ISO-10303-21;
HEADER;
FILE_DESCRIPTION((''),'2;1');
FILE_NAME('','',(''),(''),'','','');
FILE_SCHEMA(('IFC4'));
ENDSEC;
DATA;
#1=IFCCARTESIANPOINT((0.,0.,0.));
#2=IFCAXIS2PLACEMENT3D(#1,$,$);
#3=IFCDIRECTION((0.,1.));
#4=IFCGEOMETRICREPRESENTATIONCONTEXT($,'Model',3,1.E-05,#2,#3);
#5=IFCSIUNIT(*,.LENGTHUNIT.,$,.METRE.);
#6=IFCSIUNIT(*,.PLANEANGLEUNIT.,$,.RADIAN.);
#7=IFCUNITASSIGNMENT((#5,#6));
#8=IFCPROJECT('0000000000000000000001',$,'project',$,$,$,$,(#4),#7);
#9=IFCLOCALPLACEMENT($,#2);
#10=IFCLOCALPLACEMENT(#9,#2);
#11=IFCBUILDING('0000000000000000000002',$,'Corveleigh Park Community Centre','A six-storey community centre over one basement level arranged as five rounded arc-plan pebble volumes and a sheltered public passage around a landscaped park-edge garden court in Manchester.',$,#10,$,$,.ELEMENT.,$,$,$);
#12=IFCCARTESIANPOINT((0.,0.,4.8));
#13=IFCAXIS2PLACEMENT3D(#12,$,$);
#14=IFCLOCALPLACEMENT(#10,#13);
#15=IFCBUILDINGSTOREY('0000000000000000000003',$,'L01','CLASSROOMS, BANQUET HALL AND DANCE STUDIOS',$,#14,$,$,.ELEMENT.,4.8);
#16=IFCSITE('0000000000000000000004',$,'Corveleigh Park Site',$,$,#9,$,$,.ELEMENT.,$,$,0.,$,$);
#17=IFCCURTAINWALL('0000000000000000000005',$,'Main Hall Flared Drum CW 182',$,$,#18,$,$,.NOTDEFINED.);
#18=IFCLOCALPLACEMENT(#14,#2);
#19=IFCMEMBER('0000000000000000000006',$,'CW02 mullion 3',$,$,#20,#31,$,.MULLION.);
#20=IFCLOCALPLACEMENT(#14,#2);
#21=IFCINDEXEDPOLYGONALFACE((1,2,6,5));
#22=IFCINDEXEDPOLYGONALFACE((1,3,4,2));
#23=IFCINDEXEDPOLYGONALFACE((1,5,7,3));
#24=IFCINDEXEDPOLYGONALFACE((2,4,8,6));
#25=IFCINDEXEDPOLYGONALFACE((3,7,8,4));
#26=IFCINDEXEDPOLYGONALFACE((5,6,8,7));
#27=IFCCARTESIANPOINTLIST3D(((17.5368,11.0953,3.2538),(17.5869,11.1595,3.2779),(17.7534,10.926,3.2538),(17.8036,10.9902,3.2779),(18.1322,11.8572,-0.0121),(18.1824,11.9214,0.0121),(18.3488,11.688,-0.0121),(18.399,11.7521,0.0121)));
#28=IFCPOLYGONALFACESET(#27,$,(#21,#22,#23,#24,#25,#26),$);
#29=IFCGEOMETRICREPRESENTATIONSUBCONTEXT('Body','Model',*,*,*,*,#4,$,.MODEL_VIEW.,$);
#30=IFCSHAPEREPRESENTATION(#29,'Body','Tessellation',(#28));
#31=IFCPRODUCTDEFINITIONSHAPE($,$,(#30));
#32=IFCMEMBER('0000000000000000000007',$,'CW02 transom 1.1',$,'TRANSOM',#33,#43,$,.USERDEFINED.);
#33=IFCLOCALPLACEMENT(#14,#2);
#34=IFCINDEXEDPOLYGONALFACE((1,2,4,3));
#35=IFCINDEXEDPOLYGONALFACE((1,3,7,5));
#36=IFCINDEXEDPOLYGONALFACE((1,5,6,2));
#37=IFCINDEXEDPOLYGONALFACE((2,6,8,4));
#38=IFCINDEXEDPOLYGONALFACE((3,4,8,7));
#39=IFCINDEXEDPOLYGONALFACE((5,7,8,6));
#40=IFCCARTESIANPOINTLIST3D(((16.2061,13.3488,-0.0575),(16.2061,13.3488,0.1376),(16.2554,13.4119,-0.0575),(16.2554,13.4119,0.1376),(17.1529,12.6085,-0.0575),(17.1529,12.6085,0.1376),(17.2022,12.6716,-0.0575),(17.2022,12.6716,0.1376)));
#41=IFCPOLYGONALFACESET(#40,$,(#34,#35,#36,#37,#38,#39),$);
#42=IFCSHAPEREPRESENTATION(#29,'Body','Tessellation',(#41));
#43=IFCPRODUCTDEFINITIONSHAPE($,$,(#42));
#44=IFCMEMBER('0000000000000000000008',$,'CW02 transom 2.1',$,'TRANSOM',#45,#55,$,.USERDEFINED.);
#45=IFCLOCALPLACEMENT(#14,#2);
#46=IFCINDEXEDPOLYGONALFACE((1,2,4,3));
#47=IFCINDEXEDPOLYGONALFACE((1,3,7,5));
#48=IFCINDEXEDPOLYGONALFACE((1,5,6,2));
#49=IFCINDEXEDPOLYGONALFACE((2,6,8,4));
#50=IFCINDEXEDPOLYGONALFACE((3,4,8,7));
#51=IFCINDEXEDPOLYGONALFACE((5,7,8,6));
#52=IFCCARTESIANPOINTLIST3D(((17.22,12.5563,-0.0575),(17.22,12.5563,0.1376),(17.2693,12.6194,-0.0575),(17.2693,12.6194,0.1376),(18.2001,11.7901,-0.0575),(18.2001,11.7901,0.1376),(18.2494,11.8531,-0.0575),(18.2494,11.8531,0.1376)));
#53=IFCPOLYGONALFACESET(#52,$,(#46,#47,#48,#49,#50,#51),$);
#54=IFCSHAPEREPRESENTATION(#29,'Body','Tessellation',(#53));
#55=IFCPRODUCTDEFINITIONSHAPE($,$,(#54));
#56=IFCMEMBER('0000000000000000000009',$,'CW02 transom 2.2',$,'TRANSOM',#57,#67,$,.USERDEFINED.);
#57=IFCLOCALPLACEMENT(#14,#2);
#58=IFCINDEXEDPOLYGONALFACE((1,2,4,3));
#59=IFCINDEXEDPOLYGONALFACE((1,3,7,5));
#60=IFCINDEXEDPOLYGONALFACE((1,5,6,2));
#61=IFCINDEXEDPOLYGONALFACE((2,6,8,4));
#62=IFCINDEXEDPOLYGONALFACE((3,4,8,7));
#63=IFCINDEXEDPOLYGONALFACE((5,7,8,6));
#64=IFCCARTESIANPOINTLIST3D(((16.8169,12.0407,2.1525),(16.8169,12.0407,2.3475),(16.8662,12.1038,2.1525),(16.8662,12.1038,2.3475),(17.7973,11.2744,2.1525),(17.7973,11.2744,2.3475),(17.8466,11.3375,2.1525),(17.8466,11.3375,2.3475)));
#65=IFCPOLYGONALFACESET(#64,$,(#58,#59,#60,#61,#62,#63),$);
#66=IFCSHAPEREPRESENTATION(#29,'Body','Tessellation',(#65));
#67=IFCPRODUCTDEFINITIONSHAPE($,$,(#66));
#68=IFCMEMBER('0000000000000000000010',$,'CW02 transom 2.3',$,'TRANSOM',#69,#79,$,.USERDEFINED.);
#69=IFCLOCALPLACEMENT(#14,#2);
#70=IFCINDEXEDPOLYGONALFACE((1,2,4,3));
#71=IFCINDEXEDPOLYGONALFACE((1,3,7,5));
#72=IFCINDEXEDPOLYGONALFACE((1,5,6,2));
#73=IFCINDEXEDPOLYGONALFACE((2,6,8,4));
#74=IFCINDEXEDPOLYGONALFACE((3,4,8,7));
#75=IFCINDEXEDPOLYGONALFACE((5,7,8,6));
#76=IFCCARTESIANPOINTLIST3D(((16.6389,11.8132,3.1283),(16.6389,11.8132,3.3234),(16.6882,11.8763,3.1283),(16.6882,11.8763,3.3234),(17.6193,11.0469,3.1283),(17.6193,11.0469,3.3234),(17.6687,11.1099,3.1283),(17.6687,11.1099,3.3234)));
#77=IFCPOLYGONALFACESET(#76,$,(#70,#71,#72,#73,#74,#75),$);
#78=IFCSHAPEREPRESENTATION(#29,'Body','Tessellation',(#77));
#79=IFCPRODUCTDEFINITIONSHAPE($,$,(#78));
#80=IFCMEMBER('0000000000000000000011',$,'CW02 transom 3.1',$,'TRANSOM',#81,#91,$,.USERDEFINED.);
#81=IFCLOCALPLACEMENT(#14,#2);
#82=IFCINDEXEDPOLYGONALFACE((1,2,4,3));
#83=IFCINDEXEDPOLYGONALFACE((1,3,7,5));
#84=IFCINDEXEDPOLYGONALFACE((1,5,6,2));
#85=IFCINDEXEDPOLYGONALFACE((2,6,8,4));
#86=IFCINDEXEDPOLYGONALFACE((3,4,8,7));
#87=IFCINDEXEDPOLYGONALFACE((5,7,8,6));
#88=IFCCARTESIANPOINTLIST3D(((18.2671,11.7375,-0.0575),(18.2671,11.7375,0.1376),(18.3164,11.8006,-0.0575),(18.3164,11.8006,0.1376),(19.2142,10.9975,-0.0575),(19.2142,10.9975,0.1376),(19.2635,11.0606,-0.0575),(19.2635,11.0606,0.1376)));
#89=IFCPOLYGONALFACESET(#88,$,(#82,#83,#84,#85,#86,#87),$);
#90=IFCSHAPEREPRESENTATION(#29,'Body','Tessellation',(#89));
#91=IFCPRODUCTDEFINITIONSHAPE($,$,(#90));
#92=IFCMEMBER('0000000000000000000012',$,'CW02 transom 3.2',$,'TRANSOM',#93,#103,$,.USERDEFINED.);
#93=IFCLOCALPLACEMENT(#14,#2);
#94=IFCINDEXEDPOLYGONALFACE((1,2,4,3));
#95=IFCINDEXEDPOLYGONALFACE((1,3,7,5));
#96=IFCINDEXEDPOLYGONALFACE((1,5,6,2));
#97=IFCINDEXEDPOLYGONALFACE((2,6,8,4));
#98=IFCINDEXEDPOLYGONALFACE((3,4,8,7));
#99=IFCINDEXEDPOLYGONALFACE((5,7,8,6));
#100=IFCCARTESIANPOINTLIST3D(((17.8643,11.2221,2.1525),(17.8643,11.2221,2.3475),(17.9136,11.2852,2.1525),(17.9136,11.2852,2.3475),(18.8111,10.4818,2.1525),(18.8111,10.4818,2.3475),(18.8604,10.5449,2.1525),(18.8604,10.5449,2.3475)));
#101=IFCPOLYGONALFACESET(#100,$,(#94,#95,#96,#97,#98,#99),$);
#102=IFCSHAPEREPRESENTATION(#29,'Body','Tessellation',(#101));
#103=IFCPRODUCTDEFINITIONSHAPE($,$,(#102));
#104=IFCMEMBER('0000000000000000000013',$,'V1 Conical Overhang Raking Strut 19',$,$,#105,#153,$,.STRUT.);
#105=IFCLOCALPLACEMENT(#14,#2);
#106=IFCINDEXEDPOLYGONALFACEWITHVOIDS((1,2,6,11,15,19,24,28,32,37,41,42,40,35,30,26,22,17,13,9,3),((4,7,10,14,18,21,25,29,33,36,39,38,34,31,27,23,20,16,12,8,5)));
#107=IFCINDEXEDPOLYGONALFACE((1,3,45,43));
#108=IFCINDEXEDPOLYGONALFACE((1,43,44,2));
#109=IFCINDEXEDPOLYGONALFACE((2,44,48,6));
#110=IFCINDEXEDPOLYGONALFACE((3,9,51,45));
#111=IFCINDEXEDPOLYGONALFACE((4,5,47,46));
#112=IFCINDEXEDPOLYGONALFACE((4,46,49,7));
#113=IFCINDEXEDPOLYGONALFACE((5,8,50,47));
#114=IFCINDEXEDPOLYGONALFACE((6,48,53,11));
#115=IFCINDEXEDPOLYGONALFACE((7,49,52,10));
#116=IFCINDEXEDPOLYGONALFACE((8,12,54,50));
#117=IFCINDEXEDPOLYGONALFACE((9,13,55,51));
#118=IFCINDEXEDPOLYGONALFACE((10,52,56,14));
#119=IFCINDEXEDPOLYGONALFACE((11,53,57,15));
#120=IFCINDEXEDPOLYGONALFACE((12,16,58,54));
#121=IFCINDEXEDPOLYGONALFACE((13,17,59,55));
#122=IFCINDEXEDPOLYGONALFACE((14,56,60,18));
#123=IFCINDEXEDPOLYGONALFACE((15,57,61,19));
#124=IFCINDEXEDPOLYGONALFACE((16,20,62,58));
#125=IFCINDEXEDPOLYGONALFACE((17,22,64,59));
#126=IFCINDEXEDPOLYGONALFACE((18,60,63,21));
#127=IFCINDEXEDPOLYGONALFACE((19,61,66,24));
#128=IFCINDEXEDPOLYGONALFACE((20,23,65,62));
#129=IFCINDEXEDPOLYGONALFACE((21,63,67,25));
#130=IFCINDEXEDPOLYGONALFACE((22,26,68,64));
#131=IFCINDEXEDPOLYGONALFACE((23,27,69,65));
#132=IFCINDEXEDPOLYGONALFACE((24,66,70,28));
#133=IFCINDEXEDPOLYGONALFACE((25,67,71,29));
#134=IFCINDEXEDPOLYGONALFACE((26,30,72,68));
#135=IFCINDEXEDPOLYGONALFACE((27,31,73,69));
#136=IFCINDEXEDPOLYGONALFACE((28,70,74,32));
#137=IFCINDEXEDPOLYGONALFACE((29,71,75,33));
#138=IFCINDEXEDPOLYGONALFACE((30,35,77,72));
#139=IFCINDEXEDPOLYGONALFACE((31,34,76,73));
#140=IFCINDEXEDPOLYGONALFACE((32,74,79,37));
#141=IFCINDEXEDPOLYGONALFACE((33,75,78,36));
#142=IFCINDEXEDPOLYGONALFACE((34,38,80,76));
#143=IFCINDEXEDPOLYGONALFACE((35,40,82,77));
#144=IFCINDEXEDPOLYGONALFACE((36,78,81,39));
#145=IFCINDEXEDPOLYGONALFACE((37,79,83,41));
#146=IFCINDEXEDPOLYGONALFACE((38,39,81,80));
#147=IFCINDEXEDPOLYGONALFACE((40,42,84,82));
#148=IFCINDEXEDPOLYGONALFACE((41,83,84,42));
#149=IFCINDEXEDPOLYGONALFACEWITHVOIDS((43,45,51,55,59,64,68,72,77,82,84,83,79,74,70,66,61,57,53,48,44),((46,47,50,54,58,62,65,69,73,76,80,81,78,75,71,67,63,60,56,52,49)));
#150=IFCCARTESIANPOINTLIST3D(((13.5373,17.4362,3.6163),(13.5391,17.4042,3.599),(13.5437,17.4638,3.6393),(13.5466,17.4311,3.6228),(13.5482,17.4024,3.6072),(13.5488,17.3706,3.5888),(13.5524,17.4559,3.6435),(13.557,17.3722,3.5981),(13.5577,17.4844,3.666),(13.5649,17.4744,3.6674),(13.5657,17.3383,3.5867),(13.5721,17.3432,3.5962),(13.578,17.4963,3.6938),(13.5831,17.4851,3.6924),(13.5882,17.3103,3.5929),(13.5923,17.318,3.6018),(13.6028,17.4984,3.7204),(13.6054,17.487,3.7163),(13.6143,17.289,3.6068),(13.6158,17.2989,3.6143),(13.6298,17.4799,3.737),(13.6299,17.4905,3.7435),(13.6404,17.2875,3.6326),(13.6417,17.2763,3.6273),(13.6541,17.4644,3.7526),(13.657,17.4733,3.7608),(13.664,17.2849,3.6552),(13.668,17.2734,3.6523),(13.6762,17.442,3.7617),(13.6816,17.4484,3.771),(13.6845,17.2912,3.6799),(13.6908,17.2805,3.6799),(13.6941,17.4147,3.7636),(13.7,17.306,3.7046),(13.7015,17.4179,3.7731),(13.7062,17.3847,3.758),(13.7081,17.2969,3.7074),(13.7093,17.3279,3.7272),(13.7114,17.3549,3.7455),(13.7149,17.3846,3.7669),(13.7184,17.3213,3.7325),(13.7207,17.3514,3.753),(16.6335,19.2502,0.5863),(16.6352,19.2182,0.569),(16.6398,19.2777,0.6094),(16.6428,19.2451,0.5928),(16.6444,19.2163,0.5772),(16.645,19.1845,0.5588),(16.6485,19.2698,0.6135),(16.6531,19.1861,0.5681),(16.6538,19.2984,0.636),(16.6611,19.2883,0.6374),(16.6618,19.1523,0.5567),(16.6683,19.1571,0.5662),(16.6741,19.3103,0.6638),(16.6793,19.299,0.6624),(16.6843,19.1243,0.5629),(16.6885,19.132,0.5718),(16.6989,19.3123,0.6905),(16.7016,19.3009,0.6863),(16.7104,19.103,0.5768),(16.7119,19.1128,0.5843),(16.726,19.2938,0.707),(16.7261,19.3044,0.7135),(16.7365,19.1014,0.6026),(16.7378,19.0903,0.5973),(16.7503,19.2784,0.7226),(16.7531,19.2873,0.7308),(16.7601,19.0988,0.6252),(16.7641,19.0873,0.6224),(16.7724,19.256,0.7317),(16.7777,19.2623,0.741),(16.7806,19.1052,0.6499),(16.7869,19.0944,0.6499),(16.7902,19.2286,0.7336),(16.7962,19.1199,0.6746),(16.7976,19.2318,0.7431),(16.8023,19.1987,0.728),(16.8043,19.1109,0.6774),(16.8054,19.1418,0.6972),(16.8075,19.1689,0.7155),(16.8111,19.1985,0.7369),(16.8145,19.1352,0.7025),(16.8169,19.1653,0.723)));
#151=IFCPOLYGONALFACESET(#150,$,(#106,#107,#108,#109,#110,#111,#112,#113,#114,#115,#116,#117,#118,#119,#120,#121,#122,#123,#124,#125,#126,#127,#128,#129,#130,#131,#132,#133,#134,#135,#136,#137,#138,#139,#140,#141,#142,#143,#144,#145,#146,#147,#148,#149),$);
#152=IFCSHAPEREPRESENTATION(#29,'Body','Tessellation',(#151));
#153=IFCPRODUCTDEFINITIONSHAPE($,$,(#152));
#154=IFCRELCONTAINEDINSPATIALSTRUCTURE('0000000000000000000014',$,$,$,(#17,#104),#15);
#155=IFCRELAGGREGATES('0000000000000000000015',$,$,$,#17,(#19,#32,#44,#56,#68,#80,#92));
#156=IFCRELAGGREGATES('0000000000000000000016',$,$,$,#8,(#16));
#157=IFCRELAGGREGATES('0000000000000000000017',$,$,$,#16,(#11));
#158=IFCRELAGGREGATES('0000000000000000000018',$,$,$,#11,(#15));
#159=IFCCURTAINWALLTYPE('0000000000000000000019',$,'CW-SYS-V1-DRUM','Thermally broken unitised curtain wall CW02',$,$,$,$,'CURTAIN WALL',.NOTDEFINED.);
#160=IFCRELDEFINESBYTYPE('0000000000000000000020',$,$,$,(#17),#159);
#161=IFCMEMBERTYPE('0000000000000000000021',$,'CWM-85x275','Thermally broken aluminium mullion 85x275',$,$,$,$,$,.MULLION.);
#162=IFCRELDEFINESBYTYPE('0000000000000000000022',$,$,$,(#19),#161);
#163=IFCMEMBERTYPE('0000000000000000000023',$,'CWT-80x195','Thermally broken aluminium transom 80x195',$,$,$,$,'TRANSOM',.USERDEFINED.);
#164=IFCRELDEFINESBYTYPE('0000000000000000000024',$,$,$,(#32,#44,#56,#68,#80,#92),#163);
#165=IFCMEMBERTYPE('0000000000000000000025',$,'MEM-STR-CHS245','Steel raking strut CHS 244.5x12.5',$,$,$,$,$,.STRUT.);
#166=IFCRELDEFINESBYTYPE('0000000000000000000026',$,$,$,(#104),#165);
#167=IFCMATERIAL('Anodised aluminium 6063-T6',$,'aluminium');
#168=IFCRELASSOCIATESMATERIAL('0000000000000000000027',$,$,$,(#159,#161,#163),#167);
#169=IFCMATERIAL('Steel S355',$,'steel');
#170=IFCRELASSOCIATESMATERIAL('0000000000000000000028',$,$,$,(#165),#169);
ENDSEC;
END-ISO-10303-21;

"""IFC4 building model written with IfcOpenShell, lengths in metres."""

from ifc_helpers import new_model, si_unit, direction, frame, origin, origin_2d, place, context, subcontext, project, spatial, rectangle, hollow_circle, extrude, material, material_profile, profile_set, type_object, element, aggregate, save


model = new_model("IFC4")

# Units and contexts
model_context = context("Model", 3, precision=1e-05, world=origin(), true_north=direction((0.0, 1.0)))
body_context = subcontext(model_context, "Body", "Model", "MODEL_VIEW")
ifc_project = project(units=[si_unit("LENGTHUNIT", "METRE"), si_unit("PLANEANGLEUNIT", "RADIAN")], contexts=[model_context])

# Site, building, storey
site_placement = place(None, origin())
site = spatial("IfcSite", under=ifc_project, at=site_placement, Name="Corveleigh Park Site", CompositionType="ELEMENT", RefElevation=0.0)
building_placement = place(site_placement, origin())
building = spatial("IfcBuilding", under=site, at=building_placement, Name="Corveleigh Park Community Centre", Description="A six-storey community centre over one basement level arranged as five rounded arc-plan pebble volumes and a sheltered public passage around a landscaped park-edge garden court in Manchester.", CompositionType="ELEMENT")
storey_placement = place(building_placement, frame((0.0, 0.0, 4.8)))
storey = spatial("IfcBuildingStorey", under=building, at=storey_placement, Name="L01", Description="CLASSROOMS, BANQUET HALL AND DANCE STUDIOS", CompositionType="ELEMENT", Elevation=4.8)

# Shared definitions
ifc_material_1 = material(Name="Steel S355", Category="steel")

# Curtain wall, members
ifc_material_2 = material(Name="Anodised aluminium 6063-T6", Category="aluminium")
curtain_wall_type = type_object("IfcCurtainWallType", Name="CW-SYS-V1-DRUM", Description="Thermally broken unitised curtain wall CW02", ElementType="CURTAIN WALL", PredefinedType="NOTDEFINED", material=ifc_material_2)
curtain_wall_placement = place(storey_placement, origin())
curtain_wall = element("IfcCurtainWall", 1, at=curtain_wall_placement, inside=storey, type_object=curtain_wall_type, Name="Main Hall Flared Drum CW 182", PredefinedType="NOTDEFINED")
ifc_material_profile_1 = material_profile(ifc_material_2, rectangle(XDim=0.085, YDim=0.2749, at=origin_2d()), Name="ALU-M85x275", Category="aluminium")
ifc_profile_set_1 = profile_set([ifc_material_profile_1], Name="Anodised aluminium 6063-T6")
member_type_1 = type_object("IfcMemberType", Name="CWM-85x275", Description="Thermally broken aluminium mullion 85x275", PredefinedType="MULLION", material=ifc_profile_set_1)
member_1_placement = place(storey_placement, frame((18.2656, 11.8047, 0.0), z_axis=(-0.174825, -0.22371, 0.958848), x_axis=(0.590417, 0.755511, 0.283919)))
member_1 = element("IfcMember", 2, at=member_1_placement, type_object=member_type_1, Name="CW02 mullion 3", PredefinedType="MULLION", context=body_context, shape_type="SweptSolid", body=[
    extrude(rectangle(XDim=0.085, YDim=0.2749, at=origin_2d()), origin(), (0.0, 0.0, 1.0), 3.406),
])
ifc_material_profile_2 = material_profile(ifc_material_2, rectangle(XDim=0.0801, YDim=0.1951, at=origin_2d()), Name="ALU-T80x195", Category="aluminium")
ifc_profile_set_2 = profile_set([ifc_material_profile_2], Name="Anodised aluminium 6063-T6")
member_type_2 = type_object("IfcMemberType", Name="CWT-80x195", Description="Thermally broken aluminium transom 80x195", ElementType="TRANSOM", PredefinedType="USERDEFINED", material=ifc_profile_set_2)
member_2_placement = place(storey_placement, frame((16.2307, 13.3804, 0.04), z_axis=(0.787796, -0.615936, 0.0), x_axis=(0.615936, 0.787796, 0.0)))
member_2 = element("IfcMember", 3, at=member_2_placement, type_object=member_type_2, Name="CW02 transom 1.1", ObjectType="TRANSOM", PredefinedType="USERDEFINED", context=body_context, shape_type="SweptSolid", body=[
    extrude(rectangle(XDim=0.0801, YDim=0.1951, at=origin_2d()), origin(), (0.0, 0.0, 1.0), 1.2019),
])
member_3_placement = place(storey_placement, frame((17.2446, 12.5879, 0.04), z_axis=(0.787807, -0.615922, 0.0), x_axis=(0.615922, 0.787807, 0.0)))
member_3 = element("IfcMember", 4, at=member_3_placement, type_object=member_type_2, Name="CW02 transom 2.1", ObjectType="TRANSOM", PredefinedType="USERDEFINED", context=body_context, shape_type="SweptSolid", body=[
    extrude(rectangle(XDim=0.0801, YDim=0.1951, at=origin_2d()), origin(), (0.0, 0.0, 1.0), 1.2441),
])
member_4_placement = place(storey_placement, frame((16.8416, 12.0723, 2.25), z_axis=(0.787882, -0.615827, 0.0), x_axis=(0.615827, 0.787882, 0.0)))
member_4 = element("IfcMember", 5, at=member_4_placement, type_object=member_type_2, Name="CW02 transom 2.2", ObjectType="TRANSOM", PredefinedType="USERDEFINED", context=body_context, shape_type="SweptSolid", body=[
    extrude(rectangle(XDim=0.0801, YDim=0.1951, at=origin_2d()), origin(), (0.0, 0.0, 1.0), 1.2444),
])
member_5_placement = place(storey_placement, frame((16.6636, 11.8447, 3.2258), z_axis=(0.787882, -0.615827, 0.0), x_axis=(0.615827, 0.787882, 0.0)))
member_5 = element("IfcMember", 6, at=member_5_placement, type_object=member_type_2, Name="CW02 transom 2.3", ObjectType="TRANSOM", PredefinedType="USERDEFINED", context=body_context, shape_type="SweptSolid", body=[
    extrude(rectangle(XDim=0.0801, YDim=0.1951, at=origin_2d()), origin(), (0.0, 0.0, 1.0), 1.2444),
])
member_6_placement = place(storey_placement, frame((18.2917, 11.769, 0.04), z_axis=(0.787972, -0.615711, 0.0), x_axis=(0.615711, 0.787972, 0.0)))
member_6 = element("IfcMember", 7, at=member_6_placement, type_object=member_type_2, Name="CW02 transom 3.1", ObjectType="TRANSOM", PredefinedType="USERDEFINED", context=body_context, shape_type="SweptSolid", body=[
    extrude(rectangle(XDim=0.0801, YDim=0.1951, at=origin_2d()), origin(), (0.0, 0.0, 1.0), 1.2019),
])
member_7_placement = place(storey_placement, frame((17.8889, 11.2537, 2.25), z_axis=(0.787796, -0.615936, 0.0), x_axis=(0.615936, 0.787796, 0.0)))
member_7 = element("IfcMember", 8, at=member_7_placement, type_object=member_type_2, Name="CW02 transom 3.2", ObjectType="TRANSOM", PredefinedType="USERDEFINED", context=body_context, shape_type="SweptSolid", body=[
    extrude(rectangle(XDim=0.0801, YDim=0.1951, at=origin_2d()), origin(), (0.0, 0.0, 1.0), 1.2019),
])

# Member
ifc_material_profile_3 = material_profile(ifc_material_1, hollow_circle(Radius=0.1223, WallThickness=0.0125, at=origin_2d()), Name="CHS 244.5x12.5", Category="steel")
ifc_profile_set_3 = profile_set([ifc_material_profile_3], Name="Steel S355")
member_type_3 = type_object("IfcMemberType", Name="MEM-STR-CHS245", Description="Steel raking strut CHS 244.5x12.5", PredefinedType="STRUT", material=ifc_profile_set_3)
member_8_placement = place(storey_placement, frame((16.7251, 19.2, 0.6499), z_axis=(-0.659243, -0.38623, 0.645155), x_axis=(0.505503, -0.862825, 0.0)))
element("IfcMember", 9, at=member_8_placement, inside=storey, type_object=member_type_3, Name="V1 Conical Overhang Raking Strut 19", PredefinedType="STRUT", context=body_context, shape_type="SweptSolid", body=[
    extrude(hollow_circle(Radius=0.1223, WallThickness=0.0125, at=origin_2d()), origin(), (0.0, 0.0, 1.0), 4.6965),
])

aggregate(curtain_wall, [member_1, member_2, member_3, member_4, member_5, member_6, member_7])

save(model, "model.ifc")
